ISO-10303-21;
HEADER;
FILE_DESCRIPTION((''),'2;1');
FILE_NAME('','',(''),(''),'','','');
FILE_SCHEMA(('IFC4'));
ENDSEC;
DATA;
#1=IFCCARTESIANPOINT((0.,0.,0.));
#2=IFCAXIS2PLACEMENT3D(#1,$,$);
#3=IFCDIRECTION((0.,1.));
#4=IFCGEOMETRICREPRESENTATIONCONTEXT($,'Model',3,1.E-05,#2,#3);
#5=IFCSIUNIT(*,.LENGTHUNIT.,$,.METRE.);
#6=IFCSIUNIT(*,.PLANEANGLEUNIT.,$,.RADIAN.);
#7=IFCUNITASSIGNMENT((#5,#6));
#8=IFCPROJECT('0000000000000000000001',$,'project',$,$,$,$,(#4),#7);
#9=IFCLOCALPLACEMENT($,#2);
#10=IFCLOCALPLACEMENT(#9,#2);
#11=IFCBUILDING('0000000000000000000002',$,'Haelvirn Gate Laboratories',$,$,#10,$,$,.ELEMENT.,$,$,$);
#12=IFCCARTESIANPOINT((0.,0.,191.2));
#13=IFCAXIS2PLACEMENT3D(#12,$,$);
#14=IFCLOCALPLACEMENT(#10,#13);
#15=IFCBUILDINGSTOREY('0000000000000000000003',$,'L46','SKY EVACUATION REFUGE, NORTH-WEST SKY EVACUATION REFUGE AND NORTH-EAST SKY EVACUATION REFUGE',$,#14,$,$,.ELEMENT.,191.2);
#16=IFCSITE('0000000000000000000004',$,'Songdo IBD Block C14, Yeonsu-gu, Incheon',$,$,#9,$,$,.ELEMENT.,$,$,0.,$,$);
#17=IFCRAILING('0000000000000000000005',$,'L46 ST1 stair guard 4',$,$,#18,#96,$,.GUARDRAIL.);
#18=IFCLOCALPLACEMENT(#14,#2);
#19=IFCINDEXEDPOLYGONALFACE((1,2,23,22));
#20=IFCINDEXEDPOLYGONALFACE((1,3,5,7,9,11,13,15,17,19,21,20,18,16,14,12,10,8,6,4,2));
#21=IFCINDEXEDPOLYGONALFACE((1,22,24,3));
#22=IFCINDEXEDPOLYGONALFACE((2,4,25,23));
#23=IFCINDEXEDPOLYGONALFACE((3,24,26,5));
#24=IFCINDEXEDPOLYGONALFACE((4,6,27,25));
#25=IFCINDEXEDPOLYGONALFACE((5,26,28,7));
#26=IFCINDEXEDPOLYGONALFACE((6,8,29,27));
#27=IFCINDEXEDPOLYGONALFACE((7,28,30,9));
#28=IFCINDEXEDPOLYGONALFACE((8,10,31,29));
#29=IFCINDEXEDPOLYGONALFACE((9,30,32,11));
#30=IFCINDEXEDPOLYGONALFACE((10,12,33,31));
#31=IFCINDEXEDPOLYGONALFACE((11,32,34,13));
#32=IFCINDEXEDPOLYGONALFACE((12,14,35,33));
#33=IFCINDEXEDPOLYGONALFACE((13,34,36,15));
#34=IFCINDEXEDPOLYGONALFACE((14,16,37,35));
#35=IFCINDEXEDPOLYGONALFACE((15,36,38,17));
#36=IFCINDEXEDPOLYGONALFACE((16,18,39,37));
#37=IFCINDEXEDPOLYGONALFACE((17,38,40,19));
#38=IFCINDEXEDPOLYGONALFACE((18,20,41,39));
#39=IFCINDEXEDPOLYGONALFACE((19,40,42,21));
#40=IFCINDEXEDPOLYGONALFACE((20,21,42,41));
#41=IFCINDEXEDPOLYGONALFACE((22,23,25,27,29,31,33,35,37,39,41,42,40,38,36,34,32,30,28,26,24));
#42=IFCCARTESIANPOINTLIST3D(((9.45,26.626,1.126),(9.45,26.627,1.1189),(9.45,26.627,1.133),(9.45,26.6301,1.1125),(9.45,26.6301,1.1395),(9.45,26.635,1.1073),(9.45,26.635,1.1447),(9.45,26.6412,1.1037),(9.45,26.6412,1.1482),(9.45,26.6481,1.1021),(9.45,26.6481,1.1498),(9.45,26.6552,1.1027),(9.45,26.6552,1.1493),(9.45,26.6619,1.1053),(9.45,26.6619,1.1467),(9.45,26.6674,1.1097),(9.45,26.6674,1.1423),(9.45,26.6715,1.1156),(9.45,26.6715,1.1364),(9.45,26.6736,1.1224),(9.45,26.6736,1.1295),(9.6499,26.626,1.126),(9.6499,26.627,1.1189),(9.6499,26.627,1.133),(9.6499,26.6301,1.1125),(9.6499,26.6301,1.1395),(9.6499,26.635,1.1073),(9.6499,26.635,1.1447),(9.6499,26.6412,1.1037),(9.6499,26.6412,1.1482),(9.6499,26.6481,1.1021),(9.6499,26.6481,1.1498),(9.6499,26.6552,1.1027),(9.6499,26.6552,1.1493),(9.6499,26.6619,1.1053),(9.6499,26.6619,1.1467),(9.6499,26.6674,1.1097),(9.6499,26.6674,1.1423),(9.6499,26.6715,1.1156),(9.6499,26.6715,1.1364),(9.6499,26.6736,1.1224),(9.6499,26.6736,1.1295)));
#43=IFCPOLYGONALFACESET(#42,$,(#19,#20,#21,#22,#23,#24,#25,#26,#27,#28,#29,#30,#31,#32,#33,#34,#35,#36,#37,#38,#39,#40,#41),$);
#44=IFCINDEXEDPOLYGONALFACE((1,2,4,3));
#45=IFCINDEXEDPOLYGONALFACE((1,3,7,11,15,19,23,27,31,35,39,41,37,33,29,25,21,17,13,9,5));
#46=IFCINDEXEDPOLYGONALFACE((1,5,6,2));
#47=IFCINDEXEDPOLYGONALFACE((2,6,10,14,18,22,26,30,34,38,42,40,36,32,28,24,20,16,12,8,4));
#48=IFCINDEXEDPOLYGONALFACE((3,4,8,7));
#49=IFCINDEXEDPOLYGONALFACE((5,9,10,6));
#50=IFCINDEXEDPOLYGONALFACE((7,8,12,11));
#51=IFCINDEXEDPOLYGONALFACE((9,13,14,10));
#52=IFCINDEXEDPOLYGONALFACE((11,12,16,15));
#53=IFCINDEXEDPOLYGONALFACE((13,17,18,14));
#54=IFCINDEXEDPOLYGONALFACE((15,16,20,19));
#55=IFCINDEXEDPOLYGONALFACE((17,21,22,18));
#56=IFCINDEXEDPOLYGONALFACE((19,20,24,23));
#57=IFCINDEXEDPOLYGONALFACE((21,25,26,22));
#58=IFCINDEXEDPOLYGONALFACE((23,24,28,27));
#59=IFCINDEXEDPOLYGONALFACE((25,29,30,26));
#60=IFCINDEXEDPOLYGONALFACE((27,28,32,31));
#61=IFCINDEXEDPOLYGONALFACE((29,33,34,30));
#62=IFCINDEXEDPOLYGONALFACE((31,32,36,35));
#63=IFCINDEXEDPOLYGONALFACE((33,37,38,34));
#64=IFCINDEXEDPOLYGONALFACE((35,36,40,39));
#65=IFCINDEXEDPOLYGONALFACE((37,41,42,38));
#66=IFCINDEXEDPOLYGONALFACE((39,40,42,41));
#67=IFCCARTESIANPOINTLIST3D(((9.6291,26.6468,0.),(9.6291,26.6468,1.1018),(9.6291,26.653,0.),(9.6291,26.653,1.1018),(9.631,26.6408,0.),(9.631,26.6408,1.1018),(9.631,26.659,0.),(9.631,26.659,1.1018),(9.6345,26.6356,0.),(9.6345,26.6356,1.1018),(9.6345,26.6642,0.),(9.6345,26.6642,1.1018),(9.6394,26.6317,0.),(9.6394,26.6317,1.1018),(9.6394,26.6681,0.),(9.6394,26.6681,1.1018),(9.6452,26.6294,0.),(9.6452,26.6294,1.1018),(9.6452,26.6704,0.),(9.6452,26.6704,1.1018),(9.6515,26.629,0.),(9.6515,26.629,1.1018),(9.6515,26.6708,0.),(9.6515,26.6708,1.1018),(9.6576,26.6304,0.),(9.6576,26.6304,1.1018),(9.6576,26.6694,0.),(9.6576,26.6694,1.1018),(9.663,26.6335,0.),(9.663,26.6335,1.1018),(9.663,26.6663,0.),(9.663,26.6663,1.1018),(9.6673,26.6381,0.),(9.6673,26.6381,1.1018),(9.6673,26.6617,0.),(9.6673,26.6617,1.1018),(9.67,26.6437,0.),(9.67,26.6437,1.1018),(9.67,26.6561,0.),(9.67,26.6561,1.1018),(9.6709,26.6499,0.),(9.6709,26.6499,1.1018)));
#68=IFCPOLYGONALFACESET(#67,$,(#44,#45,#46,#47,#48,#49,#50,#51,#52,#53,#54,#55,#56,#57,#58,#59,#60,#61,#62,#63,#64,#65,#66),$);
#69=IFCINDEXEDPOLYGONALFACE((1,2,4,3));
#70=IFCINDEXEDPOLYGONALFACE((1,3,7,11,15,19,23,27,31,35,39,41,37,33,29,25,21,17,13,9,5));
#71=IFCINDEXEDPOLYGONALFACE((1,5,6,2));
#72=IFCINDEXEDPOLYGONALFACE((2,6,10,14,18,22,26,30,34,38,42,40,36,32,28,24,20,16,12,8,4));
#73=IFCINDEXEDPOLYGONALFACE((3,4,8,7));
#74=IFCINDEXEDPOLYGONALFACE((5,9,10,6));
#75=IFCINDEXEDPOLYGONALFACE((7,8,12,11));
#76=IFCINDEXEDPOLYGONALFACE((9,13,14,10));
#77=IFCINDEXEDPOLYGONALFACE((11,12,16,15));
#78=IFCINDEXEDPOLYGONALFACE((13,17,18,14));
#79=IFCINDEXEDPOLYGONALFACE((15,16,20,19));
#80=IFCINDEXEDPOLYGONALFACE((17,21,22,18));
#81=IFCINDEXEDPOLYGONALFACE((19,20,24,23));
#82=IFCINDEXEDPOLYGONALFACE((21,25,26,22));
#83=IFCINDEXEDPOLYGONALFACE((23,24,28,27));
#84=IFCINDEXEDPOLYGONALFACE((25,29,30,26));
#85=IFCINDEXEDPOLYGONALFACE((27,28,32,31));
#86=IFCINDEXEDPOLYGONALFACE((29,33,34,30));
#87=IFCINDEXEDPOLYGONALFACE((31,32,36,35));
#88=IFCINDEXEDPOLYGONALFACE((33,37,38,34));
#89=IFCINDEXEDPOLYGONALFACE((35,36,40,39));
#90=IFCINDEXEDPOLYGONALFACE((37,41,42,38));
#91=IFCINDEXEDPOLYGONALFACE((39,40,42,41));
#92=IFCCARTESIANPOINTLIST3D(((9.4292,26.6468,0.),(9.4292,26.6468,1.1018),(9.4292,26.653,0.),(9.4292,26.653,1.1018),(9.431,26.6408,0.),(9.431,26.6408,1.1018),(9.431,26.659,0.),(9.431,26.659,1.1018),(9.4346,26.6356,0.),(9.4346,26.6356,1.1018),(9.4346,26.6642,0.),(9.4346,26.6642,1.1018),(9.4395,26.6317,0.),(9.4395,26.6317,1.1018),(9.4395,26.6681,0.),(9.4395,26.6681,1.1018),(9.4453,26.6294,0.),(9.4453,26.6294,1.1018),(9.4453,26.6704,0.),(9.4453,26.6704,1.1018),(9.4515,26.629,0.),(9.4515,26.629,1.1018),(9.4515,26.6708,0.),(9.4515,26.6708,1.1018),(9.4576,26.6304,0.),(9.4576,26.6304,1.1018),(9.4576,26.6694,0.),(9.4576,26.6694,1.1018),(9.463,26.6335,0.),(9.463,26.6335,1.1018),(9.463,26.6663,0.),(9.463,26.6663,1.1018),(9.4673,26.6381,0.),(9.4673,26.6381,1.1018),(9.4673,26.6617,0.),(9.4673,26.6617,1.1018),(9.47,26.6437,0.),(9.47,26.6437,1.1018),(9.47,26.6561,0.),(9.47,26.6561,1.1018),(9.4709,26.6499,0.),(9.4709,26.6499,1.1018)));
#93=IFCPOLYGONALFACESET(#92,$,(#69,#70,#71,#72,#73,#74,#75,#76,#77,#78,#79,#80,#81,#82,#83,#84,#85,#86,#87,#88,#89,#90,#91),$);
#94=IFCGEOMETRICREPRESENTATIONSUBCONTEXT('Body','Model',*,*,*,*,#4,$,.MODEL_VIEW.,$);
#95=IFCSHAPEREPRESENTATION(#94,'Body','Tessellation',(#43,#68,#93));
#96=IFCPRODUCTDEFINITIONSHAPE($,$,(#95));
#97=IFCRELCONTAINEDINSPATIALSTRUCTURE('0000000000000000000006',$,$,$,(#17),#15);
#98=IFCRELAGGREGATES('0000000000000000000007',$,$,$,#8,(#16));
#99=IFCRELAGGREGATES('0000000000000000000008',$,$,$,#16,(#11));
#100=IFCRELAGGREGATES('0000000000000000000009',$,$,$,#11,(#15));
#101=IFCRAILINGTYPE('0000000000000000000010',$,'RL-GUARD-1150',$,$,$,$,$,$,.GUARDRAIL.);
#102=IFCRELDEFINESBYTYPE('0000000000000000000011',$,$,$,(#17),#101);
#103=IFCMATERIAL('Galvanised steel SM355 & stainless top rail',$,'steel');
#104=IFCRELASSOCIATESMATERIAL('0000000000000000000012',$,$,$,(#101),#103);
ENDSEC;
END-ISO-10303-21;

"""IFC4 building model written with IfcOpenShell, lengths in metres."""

from ifc_helpers import new_model, si_unit, direction, frame, origin, origin_2d, place, context, subcontext, project, spatial, circle, extrude, source, transform, mapped, material, type_object, element, save


model = new_model("IFC4")

# Units and contexts
model_context = context("Model", 3, precision=1e-05, world=origin(), true_north=direction((0.0, 1.0)))
body_context = subcontext(model_context, "Body", "Model", "MODEL_VIEW")
ifc_project = project(units=[si_unit("LENGTHUNIT", "METRE"), si_unit("PLANEANGLEUNIT", "RADIAN")], contexts=[model_context])

# Site, building, storey
site_placement = place(None, origin())
site = spatial("IfcSite", under=ifc_project, at=site_placement, Name="Songdo IBD Block C14, Yeonsu-gu, Incheon", CompositionType="ELEMENT", RefElevation=0.0)
building_placement = place(site_placement, origin())
building = spatial("IfcBuilding", under=site, at=building_placement, Name="Haelvirn Gate Laboratories", CompositionType="ELEMENT")
storey_placement = place(building_placement, frame((0.0, 0.0, 191.2)))
storey = spatial("IfcBuildingStorey", under=building, at=storey_placement, Name="L46", Description="SKY EVACUATION REFUGE, NORTH-WEST SKY EVACUATION REFUGE AND NORTH-EAST SKY EVACUATION REFUGE", CompositionType="ELEMENT", Elevation=191.2)

# Railing
ifc_material_1 = material(Name="Galvanised steel SM355 & stainless top rail", Category="steel")
railing_type_1 = type_object("IfcRailingType", Name="RL-GUARD-1150", PredefinedType="GUARDRAIL", material=ifc_material_1)
shared_shape_1 = source(origin(), body_context, "Body", "SweptSolid", [
    extrude(circle(Radius=0.0239, at=origin_2d()), frame((0.0, 0.0, 1.126), z_axis=(-1.0, 0.0, 0.0), x_axis=(0.0, -1.0, 0.0)), (0.0, 0.0, 1.0), 0.2),
    extrude(circle(Radius=0.021, at=origin_2d()), origin(), (0.0, 0.0, 1.0), 1.1018),
    extrude(circle(Radius=0.021, at=origin_2d()), frame((-0.2, 0.0, 0.0)), (0.0, 0.0, 1.0), 1.1018),
])
for number, where, name in (
    (1, (9.6499, 26.6499, 0.0), "L46 ST1 stair guard 4"),
):
    element("IfcRailing", number, at=place(storey_placement, frame(where)), inside=storey, type_object=railing_type_1, Name=name, PredefinedType="GUARDRAIL", context=body_context, shape_type="MappedRepresentation", body=[
        mapped(shared_shape_1, transform((0.0, 0.0, 0.0), scale=1.0)),
    ])

save(model, "model.ifc")
